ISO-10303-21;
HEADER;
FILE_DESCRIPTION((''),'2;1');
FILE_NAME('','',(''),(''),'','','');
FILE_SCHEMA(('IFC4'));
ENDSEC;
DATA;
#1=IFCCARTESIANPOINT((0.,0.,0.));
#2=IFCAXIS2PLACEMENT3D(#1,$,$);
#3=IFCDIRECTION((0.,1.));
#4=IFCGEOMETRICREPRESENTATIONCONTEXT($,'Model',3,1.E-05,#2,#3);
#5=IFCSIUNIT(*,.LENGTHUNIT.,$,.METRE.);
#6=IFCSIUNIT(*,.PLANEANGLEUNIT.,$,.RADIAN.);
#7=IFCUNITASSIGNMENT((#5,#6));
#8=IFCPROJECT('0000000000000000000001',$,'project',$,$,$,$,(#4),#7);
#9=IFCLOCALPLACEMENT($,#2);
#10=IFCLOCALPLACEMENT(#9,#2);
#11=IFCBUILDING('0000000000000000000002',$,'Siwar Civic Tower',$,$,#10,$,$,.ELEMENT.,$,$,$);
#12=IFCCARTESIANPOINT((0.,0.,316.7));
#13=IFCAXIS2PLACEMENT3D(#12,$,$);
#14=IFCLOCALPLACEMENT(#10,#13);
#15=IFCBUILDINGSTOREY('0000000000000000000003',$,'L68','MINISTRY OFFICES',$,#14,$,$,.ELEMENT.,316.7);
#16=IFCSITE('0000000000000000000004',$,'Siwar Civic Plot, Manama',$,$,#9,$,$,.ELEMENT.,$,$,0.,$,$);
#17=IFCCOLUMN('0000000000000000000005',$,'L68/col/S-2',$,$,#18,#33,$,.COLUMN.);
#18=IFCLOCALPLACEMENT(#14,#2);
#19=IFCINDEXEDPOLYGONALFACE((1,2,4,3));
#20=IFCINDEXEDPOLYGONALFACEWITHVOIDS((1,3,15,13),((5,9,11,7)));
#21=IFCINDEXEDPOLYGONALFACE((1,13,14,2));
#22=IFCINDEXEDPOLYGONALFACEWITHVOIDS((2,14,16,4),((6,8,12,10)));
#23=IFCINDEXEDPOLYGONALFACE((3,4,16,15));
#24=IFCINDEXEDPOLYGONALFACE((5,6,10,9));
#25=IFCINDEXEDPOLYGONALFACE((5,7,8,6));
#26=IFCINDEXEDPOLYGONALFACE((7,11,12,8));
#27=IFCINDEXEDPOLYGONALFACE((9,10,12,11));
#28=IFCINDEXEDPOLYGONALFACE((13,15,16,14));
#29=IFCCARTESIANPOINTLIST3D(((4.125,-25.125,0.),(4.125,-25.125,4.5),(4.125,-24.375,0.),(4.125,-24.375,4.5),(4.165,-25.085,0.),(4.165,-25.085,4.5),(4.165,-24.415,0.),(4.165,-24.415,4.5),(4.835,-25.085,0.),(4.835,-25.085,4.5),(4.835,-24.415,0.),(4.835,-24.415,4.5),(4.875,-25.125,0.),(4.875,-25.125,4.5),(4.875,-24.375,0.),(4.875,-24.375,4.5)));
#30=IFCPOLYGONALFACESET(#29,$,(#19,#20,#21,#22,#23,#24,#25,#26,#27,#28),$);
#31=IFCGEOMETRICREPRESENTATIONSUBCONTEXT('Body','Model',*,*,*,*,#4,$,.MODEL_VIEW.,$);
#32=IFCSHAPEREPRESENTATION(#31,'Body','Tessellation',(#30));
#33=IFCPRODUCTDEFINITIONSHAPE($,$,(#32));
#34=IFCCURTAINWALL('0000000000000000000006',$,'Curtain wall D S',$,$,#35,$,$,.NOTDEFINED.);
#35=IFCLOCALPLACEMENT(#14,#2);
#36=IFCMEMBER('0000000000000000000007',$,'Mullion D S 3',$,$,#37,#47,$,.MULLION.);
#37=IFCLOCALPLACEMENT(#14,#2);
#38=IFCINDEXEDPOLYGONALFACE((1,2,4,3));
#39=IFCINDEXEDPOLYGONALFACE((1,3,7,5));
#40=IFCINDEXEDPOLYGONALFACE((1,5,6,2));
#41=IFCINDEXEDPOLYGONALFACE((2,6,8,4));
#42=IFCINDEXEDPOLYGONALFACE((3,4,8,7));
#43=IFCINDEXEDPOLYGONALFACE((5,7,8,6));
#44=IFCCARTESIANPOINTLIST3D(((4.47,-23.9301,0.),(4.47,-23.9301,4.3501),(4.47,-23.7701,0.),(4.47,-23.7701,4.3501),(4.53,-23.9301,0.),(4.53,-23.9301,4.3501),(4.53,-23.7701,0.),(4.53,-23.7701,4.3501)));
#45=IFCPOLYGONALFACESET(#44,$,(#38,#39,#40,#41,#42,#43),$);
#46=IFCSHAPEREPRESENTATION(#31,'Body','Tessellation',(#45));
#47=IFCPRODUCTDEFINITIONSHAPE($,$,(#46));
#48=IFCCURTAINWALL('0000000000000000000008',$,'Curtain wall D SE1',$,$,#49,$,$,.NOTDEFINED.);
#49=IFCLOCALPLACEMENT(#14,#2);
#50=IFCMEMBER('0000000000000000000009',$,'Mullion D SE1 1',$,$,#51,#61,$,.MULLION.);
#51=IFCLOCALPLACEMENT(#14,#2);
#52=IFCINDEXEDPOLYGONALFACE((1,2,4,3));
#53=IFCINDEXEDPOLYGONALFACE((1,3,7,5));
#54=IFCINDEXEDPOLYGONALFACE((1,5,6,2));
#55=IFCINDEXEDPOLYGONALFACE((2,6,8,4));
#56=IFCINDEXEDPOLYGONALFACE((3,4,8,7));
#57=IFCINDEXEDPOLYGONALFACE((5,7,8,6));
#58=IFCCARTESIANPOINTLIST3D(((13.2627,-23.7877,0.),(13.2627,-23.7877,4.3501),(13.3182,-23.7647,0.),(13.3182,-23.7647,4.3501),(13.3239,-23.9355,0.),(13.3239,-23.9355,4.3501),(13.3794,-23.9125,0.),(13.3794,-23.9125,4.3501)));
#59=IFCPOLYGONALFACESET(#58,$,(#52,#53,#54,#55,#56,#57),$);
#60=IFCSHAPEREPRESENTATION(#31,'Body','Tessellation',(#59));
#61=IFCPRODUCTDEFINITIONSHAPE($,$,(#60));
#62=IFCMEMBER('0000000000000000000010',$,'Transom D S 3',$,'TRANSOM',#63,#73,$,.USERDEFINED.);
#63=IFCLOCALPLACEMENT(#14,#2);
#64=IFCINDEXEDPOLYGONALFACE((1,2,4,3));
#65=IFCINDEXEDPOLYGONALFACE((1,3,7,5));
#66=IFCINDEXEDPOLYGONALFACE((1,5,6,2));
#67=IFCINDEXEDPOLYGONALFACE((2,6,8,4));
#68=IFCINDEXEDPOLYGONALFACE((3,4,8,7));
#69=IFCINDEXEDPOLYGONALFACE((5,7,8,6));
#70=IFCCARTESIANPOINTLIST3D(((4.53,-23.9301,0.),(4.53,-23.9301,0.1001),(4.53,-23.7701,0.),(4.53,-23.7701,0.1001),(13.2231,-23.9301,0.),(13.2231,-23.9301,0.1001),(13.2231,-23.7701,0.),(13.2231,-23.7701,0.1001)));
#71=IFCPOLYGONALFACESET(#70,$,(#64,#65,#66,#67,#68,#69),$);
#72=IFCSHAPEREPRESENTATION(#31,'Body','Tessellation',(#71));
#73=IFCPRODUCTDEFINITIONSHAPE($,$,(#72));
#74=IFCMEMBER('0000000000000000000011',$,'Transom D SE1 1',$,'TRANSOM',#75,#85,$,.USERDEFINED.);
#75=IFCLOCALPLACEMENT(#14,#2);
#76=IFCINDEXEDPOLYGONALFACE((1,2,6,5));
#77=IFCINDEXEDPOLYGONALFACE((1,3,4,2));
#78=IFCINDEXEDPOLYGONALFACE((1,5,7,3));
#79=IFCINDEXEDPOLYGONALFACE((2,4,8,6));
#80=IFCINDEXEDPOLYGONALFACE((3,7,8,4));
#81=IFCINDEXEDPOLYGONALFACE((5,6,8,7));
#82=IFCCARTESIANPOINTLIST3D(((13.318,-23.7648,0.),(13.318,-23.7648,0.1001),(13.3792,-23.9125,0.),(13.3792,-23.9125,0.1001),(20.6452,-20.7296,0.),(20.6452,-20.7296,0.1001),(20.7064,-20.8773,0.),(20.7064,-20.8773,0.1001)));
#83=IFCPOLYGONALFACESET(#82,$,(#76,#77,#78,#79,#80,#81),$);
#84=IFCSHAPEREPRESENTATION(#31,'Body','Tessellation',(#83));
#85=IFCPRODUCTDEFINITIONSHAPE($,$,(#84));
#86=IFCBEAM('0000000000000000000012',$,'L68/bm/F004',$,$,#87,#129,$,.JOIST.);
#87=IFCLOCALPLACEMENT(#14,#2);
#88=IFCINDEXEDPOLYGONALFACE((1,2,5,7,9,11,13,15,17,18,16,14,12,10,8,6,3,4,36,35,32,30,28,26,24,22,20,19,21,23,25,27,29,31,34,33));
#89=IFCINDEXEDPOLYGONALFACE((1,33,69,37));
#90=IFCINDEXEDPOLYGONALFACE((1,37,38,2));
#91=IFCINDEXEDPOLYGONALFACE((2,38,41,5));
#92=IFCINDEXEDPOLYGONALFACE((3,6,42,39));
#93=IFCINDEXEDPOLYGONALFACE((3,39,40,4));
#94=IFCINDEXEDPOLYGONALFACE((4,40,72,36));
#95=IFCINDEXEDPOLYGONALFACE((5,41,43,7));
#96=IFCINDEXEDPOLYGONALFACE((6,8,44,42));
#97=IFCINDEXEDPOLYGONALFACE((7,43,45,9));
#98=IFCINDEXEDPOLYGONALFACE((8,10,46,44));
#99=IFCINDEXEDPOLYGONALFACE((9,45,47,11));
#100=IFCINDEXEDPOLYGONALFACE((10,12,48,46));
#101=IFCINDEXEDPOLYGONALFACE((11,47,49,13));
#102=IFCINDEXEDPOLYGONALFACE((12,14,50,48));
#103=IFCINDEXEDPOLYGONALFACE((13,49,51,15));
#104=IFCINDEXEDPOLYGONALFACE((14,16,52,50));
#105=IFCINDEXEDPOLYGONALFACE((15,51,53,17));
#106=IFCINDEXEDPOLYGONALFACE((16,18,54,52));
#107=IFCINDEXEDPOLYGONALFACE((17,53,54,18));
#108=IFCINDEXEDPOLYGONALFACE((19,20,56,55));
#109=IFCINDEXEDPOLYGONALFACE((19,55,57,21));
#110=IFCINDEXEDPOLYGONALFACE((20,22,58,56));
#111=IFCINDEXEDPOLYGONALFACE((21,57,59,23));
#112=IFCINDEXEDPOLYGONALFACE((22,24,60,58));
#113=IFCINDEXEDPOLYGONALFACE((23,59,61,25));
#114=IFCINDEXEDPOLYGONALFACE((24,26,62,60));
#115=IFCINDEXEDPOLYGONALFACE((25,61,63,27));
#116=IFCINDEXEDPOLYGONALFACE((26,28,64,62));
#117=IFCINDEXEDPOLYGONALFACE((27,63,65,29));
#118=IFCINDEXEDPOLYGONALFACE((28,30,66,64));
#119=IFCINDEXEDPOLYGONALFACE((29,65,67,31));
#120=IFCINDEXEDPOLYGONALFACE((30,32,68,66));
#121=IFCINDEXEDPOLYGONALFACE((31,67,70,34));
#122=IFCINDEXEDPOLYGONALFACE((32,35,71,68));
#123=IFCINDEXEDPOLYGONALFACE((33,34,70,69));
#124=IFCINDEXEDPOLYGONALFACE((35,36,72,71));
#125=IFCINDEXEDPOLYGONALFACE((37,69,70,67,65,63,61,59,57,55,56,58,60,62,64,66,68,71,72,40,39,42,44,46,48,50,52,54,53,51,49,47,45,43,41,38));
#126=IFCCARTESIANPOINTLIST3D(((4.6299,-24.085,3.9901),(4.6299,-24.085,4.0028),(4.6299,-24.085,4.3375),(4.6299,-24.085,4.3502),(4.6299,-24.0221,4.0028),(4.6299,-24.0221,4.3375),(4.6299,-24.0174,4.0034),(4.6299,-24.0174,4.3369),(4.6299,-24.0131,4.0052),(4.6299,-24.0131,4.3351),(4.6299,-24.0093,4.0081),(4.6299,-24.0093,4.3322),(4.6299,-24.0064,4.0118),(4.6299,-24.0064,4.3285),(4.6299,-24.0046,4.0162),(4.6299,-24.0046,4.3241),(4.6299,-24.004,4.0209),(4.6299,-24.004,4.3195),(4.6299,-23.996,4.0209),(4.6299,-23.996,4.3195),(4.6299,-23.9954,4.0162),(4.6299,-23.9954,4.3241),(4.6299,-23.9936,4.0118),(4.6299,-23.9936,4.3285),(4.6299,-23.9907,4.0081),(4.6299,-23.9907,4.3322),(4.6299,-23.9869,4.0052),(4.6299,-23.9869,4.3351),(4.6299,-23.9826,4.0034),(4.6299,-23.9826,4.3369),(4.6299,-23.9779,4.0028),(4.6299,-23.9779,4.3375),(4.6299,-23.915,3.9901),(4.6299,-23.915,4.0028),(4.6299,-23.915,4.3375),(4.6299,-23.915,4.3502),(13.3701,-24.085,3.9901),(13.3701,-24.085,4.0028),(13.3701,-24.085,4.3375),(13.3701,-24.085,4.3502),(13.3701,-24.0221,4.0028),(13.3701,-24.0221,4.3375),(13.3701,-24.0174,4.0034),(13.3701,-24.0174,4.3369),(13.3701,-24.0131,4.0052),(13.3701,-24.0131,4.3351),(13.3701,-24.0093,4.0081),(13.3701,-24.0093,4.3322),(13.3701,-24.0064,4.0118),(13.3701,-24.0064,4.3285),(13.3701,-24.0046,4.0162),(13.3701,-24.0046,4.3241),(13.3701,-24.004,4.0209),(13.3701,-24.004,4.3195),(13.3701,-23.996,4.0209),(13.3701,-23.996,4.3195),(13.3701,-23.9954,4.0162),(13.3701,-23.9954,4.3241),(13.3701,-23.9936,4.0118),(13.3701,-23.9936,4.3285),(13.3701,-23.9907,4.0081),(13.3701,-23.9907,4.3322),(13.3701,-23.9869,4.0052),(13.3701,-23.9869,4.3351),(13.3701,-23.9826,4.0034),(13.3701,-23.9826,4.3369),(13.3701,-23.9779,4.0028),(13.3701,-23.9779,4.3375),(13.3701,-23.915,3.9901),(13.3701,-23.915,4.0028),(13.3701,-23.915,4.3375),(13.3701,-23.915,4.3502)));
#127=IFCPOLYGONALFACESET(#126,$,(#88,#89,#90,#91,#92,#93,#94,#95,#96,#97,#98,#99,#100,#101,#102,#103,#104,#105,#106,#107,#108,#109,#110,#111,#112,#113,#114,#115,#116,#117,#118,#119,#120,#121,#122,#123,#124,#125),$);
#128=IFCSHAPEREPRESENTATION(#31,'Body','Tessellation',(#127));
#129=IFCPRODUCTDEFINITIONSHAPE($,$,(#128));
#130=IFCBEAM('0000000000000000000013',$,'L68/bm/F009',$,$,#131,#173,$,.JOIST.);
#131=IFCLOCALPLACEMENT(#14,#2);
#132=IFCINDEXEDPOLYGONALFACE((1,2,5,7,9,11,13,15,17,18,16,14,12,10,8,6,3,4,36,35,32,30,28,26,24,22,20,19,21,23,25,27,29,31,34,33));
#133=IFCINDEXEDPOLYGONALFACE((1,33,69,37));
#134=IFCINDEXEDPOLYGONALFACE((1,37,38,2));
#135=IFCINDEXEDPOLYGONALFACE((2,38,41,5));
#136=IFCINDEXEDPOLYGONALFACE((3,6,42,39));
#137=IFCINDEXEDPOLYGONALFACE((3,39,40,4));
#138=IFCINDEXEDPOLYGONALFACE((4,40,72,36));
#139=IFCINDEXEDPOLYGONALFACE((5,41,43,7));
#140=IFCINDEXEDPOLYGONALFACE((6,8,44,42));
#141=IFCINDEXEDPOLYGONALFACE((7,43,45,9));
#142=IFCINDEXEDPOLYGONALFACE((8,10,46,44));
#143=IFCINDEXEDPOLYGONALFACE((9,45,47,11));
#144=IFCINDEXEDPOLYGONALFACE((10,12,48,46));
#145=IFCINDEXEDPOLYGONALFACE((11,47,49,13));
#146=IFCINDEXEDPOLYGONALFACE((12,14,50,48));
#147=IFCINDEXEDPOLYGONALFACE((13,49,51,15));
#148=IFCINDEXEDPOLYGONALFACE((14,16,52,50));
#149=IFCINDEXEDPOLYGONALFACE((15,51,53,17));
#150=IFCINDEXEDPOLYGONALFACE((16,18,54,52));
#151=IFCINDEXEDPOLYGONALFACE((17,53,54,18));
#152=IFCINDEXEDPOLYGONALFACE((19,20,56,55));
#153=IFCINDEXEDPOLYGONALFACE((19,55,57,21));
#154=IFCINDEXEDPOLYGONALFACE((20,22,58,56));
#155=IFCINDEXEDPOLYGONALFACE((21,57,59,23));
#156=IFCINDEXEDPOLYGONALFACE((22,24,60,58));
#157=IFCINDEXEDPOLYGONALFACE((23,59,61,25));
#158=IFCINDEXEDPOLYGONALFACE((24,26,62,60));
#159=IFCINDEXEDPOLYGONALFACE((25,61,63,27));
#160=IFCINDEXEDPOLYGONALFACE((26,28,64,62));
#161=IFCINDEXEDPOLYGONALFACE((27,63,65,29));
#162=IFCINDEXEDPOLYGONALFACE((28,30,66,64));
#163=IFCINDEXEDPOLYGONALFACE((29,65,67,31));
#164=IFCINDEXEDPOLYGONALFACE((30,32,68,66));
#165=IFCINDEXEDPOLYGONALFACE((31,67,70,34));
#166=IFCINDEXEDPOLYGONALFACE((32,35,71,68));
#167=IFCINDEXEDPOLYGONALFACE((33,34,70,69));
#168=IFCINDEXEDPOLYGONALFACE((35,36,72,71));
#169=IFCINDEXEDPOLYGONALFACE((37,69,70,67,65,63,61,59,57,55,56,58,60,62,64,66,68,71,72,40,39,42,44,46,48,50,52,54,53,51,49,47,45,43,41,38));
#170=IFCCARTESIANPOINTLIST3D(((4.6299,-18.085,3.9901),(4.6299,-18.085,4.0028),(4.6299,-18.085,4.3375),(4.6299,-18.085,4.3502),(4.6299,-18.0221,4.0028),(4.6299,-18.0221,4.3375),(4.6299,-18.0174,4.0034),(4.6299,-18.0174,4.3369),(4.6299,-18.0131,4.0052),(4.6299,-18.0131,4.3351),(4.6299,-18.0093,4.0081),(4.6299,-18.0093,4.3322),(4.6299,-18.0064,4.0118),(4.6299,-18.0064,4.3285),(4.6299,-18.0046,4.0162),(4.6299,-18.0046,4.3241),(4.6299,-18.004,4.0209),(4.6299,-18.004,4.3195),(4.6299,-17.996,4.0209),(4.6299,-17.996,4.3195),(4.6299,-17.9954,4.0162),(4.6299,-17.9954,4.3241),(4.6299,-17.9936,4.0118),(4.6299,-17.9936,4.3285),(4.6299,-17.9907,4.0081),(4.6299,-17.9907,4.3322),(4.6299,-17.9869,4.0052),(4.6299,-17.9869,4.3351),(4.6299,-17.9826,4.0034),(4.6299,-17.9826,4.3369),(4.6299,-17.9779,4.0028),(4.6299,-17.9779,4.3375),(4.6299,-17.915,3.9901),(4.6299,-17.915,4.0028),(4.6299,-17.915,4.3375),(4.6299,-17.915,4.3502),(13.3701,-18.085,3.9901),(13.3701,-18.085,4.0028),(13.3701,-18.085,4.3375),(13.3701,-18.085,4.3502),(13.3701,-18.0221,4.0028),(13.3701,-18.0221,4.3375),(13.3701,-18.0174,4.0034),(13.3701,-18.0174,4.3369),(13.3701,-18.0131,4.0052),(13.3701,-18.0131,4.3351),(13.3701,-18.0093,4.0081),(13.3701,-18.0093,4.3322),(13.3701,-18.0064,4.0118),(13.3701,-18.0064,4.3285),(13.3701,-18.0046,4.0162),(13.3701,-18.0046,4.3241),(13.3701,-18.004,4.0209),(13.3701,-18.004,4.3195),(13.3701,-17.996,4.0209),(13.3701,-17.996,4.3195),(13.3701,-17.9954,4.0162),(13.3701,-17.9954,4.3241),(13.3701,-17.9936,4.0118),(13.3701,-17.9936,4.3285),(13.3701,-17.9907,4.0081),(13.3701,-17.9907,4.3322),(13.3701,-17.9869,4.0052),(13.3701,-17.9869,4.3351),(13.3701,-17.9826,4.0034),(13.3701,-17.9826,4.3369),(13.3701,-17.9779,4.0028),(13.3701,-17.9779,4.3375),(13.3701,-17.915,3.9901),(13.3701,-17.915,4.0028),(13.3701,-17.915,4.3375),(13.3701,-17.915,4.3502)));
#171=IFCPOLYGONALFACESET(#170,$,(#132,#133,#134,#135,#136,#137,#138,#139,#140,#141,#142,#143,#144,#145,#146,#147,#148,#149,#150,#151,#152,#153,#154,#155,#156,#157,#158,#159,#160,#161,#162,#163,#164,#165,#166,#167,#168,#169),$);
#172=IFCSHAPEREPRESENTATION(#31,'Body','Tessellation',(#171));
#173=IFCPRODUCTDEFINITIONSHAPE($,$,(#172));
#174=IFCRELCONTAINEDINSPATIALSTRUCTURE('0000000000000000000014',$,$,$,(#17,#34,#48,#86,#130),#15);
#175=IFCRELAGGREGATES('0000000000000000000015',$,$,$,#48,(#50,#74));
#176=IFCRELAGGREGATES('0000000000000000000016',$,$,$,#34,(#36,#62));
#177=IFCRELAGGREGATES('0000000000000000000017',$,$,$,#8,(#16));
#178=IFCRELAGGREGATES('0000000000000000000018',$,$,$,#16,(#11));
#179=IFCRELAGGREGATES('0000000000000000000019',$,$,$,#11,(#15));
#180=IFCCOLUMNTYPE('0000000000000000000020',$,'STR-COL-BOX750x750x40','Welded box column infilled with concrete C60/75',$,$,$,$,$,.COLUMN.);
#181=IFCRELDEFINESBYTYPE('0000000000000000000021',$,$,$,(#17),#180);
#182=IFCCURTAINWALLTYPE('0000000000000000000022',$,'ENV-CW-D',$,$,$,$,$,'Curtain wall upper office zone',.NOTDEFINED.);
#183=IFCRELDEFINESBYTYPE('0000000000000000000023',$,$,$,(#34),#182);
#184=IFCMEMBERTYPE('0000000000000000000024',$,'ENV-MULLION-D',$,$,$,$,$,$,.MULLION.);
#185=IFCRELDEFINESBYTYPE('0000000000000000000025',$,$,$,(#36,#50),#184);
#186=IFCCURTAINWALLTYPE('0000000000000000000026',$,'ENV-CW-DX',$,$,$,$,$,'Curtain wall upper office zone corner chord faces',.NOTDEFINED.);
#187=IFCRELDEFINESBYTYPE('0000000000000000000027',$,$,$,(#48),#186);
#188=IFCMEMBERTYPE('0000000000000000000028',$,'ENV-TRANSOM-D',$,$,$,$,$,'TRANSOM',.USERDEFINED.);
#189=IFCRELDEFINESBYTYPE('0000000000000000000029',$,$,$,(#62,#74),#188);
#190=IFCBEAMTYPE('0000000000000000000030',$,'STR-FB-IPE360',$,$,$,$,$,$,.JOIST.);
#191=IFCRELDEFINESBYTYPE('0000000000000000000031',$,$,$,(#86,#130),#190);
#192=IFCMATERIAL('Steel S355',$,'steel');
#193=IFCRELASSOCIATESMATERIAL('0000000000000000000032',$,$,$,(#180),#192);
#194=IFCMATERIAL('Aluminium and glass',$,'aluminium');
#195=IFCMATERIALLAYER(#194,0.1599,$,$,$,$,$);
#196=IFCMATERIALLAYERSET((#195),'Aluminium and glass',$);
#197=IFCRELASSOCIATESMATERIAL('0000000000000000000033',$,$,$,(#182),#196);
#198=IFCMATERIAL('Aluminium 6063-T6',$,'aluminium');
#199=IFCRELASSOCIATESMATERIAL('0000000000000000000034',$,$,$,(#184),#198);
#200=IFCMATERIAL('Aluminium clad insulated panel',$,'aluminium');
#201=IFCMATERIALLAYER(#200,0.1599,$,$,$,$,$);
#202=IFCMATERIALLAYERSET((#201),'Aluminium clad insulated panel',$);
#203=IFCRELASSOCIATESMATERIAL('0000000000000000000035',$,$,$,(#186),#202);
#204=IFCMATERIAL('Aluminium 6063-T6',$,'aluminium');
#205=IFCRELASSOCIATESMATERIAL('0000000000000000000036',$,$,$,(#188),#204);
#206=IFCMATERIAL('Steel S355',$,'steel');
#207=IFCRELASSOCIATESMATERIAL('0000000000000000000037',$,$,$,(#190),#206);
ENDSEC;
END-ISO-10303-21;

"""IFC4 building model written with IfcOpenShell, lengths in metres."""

from ifc_helpers import new_model, si_unit, direction, frame, origin, origin_2d, place, context, subcontext, project, spatial, rectangle, hollow_rectangle, i_section, extrude, material, layer, layer_set, material_profile, profile_set, type_object, element, aggregate, save


model = new_model("IFC4")

# Units and contexts
model_context = context("Model", 3, precision=1e-05, world=origin(), true_north=direction((0.0, 1.0)))
body_context = subcontext(model_context, "Body", "Model", "MODEL_VIEW")
ifc_project = project(units=[si_unit("LENGTHUNIT", "METRE"), si_unit("PLANEANGLEUNIT", "RADIAN")], contexts=[model_context])

# Site, building, storey
site_placement = place(None, origin())
site = spatial("IfcSite", under=ifc_project, at=site_placement, Name="Siwar Civic Plot, Manama", CompositionType="ELEMENT", RefElevation=0.0)
building_placement = place(site_placement, origin())
building = spatial("IfcBuilding", under=site, at=building_placement, Name="Siwar Civic Tower", CompositionType="ELEMENT")
storey_placement = place(building_placement, frame((0.0, 0.0, 316.7)))
storey = spatial("IfcBuildingStorey", under=building, at=storey_placement, Name="L68", Description="MINISTRY OFFICES", CompositionType="ELEMENT", Elevation=316.7)

# Column
ifc_material_1 = material(Name="Steel S355", Category="steel")
ifc_material_profile_1 = material_profile(ifc_material_1, hollow_rectangle(XDim=0.75, YDim=0.75, WallThickness=0.04, at=origin_2d()), Name="BOX750x750x40")
ifc_profile_set_1 = profile_set([ifc_material_profile_1], Name="Steel S355")
column_type = type_object("IfcColumnType", Name="STR-COL-BOX750x750x40", Description="Welded box column infilled with concrete C60/75", PredefinedType="COLUMN", material=ifc_profile_set_1)
column_placement = place(storey_placement, frame((4.5, -24.75, 0.0), z_axis=(0.0, 0.0, 1.0), x_axis=(1.0, 0.0, 0.0)))
element("IfcColumn", 1, at=column_placement, inside=storey, type_object=column_type, Name="L68/col/S-2", PredefinedType="COLUMN", context=body_context, shape_type="SweptSolid", body=[
    extrude(hollow_rectangle(XDim=0.75, YDim=0.75, WallThickness=0.04, at=origin_2d()), origin(), (0.0, 0.0, 1.0), 4.5),
])

# Curtain walls, members
ifc_material_2 = material(Name="Aluminium and glass", Category="aluminium")
ifc_layer_1 = layer(ifc_material_2, 0.1599)
ifc_layer_set_1 = layer_set([ifc_layer_1], Name="Aluminium and glass")
curtain_wall_type_1 = type_object("IfcCurtainWallType", Name="ENV-CW-D", ElementType="Curtain wall upper office zone", PredefinedType="NOTDEFINED", material=ifc_layer_set_1)
curtain_wall_1_placement = place(storey_placement, origin())
curtain_wall_1 = element("IfcCurtainWall", 2, at=curtain_wall_1_placement, inside=storey, type_object=curtain_wall_type_1, Name="Curtain wall D S", PredefinedType="NOTDEFINED")
ifc_material_3 = material(Name="Aluminium 6063-T6", Category="aluminium")
ifc_material_profile_2 = material_profile(ifc_material_3, rectangle(XDim=0.1599, YDim=0.0601, at=origin_2d()), Name="AL 160x60")
ifc_profile_set_2 = profile_set([ifc_material_profile_2], Name="Aluminium 6063-T6")
member_type_1 = type_object("IfcMemberType", Name="ENV-MULLION-D", PredefinedType="MULLION", material=ifc_profile_set_2)
member_1_placement = place(storey_placement, frame((4.5, -23.8501, 0.0), z_axis=(0.0, 0.0, 1.0), x_axis=(0.0, 1.0, 0.0)))
member_1 = element("IfcMember", 3, at=member_1_placement, type_object=member_type_1, Name="Mullion D S 3", PredefinedType="MULLION", context=body_context, shape_type="SweptSolid", body=[
    extrude(rectangle(XDim=0.1599, YDim=0.0601, at=origin_2d()), origin(), (0.0, 0.0, 1.0), 4.3501),
])
ifc_material_4 = material(Name="Aluminium clad insulated panel", Category="aluminium")
ifc_layer_2 = layer(ifc_material_4, 0.1599)
ifc_layer_set_2 = layer_set([ifc_layer_2], Name="Aluminium clad insulated panel")
curtain_wall_type_2 = type_object("IfcCurtainWallType", Name="ENV-CW-DX", ElementType="Curtain wall upper office zone corner chord faces", PredefinedType="NOTDEFINED", material=ifc_layer_set_2)
curtain_wall_2_placement = place(storey_placement, origin())
curtain_wall_2 = element("IfcCurtainWall", 4, at=curtain_wall_2_placement, inside=storey, type_object=curtain_wall_type_2, Name="Curtain wall D SE1", PredefinedType="NOTDEFINED")
member_2_placement = place(storey_placement, frame((13.321, -23.8501, 0.0), z_axis=(0.0, 0.0, 1.0), x_axis=(-0.382683, 0.92388, 0.0)))
member_2 = element("IfcMember", 5, at=member_2_placement, type_object=member_type_1, Name="Mullion D SE1 1", PredefinedType="MULLION", context=body_context, shape_type="SweptSolid", body=[
    extrude(rectangle(XDim=0.1599, YDim=0.0601, at=origin_2d()), origin(), (0.0, 0.0, 1.0), 4.3501),
])

# Members
ifc_material_5 = material(Name="Aluminium 6063-T6", Category="aluminium")
ifc_material_profile_3 = material_profile(ifc_material_5, rectangle(XDim=0.1599, YDim=0.1001, at=origin_2d()), Name="AL 160x100")
ifc_profile_set_3 = profile_set([ifc_material_profile_3], Name="Aluminium 6063-T6")
member_type_2 = type_object("IfcMemberType", Name="ENV-TRANSOM-D", ElementType="TRANSOM", PredefinedType="USERDEFINED", material=ifc_profile_set_3)
member_3_placement = place(storey_placement, frame((4.53, -23.8501, 0.05), z_axis=(1.0, 0.0, 0.0), x_axis=(0.0, 1.0, 0.0)))
member_3 = element("IfcMember", 6, at=member_3_placement, type_object=member_type_2, Name="Transom D S 3", ObjectType="TRANSOM", PredefinedType="USERDEFINED", context=body_context, shape_type="SweptSolid", body=[
    extrude(rectangle(XDim=0.1599, YDim=0.1001, at=origin_2d()), origin(), (0.0, 0.0, 1.0), 8.6931),
])
member_4_placement = place(storey_placement, frame((13.3486, -23.8386, 0.05), z_axis=(0.923873, 0.3827, 0.0), x_axis=(-0.3827, 0.923873, 0.0)))
member_4 = element("IfcMember", 7, at=member_4_placement, type_object=member_type_2, Name="Transom D SE1 1", ObjectType="TRANSOM", PredefinedType="USERDEFINED", context=body_context, shape_type="SweptSolid", body=[
    extrude(rectangle(XDim=0.1599, YDim=0.1001, at=origin_2d()), origin(), (0.0, 0.0, 1.0), 7.9309),
])
aggregate(curtain_wall_2, [member_2, member_4])

# Beams
ifc_material_6 = material(Name="Steel S355", Category="steel")
ifc_material_profile_4 = material_profile(ifc_material_6, i_section(OverallWidth=0.1699, OverallDepth=0.3601, WebThickness=0.0081, FlangeThickness=0.0127, FilletRadius=0.0181, at=origin_2d()), Name="IPE360")
ifc_profile_set_4 = profile_set([ifc_material_profile_4], Name="Steel S355")
beam_type_1 = type_object("IfcBeamType", Name="STR-FB-IPE360", PredefinedType="JOIST", material=ifc_profile_set_4)
for number, where, z_axis, x_axis, name in (
    (8, (4.6299, -24.0, 4.1702), (1.0, 0.0, 0.0), (0.0, 1.0, 0.0), "L68/bm/F004"),
    (9, (4.6299, -18.0, 4.1702), (1.0, 0.0, 0.0), (0.0, 1.0, 0.0), "L68/bm/F009"),
):
    element("IfcBeam", number, at=place(storey_placement, frame(where, z_axis=z_axis, x_axis=x_axis)), inside=storey, type_object=beam_type_1, Name=name, PredefinedType="JOIST", context=body_context, shape_type="SweptSolid", body=[
        extrude(i_section(OverallWidth=0.1699, OverallDepth=0.3601, WebThickness=0.0081, FlangeThickness=0.0127, FilletRadius=0.0181, at=origin_2d()), origin(), (0.0, 0.0, 1.0), 8.7402),
    ])

aggregate(curtain_wall_1, [member_1, member_3])

save(model, "model.ifc")
